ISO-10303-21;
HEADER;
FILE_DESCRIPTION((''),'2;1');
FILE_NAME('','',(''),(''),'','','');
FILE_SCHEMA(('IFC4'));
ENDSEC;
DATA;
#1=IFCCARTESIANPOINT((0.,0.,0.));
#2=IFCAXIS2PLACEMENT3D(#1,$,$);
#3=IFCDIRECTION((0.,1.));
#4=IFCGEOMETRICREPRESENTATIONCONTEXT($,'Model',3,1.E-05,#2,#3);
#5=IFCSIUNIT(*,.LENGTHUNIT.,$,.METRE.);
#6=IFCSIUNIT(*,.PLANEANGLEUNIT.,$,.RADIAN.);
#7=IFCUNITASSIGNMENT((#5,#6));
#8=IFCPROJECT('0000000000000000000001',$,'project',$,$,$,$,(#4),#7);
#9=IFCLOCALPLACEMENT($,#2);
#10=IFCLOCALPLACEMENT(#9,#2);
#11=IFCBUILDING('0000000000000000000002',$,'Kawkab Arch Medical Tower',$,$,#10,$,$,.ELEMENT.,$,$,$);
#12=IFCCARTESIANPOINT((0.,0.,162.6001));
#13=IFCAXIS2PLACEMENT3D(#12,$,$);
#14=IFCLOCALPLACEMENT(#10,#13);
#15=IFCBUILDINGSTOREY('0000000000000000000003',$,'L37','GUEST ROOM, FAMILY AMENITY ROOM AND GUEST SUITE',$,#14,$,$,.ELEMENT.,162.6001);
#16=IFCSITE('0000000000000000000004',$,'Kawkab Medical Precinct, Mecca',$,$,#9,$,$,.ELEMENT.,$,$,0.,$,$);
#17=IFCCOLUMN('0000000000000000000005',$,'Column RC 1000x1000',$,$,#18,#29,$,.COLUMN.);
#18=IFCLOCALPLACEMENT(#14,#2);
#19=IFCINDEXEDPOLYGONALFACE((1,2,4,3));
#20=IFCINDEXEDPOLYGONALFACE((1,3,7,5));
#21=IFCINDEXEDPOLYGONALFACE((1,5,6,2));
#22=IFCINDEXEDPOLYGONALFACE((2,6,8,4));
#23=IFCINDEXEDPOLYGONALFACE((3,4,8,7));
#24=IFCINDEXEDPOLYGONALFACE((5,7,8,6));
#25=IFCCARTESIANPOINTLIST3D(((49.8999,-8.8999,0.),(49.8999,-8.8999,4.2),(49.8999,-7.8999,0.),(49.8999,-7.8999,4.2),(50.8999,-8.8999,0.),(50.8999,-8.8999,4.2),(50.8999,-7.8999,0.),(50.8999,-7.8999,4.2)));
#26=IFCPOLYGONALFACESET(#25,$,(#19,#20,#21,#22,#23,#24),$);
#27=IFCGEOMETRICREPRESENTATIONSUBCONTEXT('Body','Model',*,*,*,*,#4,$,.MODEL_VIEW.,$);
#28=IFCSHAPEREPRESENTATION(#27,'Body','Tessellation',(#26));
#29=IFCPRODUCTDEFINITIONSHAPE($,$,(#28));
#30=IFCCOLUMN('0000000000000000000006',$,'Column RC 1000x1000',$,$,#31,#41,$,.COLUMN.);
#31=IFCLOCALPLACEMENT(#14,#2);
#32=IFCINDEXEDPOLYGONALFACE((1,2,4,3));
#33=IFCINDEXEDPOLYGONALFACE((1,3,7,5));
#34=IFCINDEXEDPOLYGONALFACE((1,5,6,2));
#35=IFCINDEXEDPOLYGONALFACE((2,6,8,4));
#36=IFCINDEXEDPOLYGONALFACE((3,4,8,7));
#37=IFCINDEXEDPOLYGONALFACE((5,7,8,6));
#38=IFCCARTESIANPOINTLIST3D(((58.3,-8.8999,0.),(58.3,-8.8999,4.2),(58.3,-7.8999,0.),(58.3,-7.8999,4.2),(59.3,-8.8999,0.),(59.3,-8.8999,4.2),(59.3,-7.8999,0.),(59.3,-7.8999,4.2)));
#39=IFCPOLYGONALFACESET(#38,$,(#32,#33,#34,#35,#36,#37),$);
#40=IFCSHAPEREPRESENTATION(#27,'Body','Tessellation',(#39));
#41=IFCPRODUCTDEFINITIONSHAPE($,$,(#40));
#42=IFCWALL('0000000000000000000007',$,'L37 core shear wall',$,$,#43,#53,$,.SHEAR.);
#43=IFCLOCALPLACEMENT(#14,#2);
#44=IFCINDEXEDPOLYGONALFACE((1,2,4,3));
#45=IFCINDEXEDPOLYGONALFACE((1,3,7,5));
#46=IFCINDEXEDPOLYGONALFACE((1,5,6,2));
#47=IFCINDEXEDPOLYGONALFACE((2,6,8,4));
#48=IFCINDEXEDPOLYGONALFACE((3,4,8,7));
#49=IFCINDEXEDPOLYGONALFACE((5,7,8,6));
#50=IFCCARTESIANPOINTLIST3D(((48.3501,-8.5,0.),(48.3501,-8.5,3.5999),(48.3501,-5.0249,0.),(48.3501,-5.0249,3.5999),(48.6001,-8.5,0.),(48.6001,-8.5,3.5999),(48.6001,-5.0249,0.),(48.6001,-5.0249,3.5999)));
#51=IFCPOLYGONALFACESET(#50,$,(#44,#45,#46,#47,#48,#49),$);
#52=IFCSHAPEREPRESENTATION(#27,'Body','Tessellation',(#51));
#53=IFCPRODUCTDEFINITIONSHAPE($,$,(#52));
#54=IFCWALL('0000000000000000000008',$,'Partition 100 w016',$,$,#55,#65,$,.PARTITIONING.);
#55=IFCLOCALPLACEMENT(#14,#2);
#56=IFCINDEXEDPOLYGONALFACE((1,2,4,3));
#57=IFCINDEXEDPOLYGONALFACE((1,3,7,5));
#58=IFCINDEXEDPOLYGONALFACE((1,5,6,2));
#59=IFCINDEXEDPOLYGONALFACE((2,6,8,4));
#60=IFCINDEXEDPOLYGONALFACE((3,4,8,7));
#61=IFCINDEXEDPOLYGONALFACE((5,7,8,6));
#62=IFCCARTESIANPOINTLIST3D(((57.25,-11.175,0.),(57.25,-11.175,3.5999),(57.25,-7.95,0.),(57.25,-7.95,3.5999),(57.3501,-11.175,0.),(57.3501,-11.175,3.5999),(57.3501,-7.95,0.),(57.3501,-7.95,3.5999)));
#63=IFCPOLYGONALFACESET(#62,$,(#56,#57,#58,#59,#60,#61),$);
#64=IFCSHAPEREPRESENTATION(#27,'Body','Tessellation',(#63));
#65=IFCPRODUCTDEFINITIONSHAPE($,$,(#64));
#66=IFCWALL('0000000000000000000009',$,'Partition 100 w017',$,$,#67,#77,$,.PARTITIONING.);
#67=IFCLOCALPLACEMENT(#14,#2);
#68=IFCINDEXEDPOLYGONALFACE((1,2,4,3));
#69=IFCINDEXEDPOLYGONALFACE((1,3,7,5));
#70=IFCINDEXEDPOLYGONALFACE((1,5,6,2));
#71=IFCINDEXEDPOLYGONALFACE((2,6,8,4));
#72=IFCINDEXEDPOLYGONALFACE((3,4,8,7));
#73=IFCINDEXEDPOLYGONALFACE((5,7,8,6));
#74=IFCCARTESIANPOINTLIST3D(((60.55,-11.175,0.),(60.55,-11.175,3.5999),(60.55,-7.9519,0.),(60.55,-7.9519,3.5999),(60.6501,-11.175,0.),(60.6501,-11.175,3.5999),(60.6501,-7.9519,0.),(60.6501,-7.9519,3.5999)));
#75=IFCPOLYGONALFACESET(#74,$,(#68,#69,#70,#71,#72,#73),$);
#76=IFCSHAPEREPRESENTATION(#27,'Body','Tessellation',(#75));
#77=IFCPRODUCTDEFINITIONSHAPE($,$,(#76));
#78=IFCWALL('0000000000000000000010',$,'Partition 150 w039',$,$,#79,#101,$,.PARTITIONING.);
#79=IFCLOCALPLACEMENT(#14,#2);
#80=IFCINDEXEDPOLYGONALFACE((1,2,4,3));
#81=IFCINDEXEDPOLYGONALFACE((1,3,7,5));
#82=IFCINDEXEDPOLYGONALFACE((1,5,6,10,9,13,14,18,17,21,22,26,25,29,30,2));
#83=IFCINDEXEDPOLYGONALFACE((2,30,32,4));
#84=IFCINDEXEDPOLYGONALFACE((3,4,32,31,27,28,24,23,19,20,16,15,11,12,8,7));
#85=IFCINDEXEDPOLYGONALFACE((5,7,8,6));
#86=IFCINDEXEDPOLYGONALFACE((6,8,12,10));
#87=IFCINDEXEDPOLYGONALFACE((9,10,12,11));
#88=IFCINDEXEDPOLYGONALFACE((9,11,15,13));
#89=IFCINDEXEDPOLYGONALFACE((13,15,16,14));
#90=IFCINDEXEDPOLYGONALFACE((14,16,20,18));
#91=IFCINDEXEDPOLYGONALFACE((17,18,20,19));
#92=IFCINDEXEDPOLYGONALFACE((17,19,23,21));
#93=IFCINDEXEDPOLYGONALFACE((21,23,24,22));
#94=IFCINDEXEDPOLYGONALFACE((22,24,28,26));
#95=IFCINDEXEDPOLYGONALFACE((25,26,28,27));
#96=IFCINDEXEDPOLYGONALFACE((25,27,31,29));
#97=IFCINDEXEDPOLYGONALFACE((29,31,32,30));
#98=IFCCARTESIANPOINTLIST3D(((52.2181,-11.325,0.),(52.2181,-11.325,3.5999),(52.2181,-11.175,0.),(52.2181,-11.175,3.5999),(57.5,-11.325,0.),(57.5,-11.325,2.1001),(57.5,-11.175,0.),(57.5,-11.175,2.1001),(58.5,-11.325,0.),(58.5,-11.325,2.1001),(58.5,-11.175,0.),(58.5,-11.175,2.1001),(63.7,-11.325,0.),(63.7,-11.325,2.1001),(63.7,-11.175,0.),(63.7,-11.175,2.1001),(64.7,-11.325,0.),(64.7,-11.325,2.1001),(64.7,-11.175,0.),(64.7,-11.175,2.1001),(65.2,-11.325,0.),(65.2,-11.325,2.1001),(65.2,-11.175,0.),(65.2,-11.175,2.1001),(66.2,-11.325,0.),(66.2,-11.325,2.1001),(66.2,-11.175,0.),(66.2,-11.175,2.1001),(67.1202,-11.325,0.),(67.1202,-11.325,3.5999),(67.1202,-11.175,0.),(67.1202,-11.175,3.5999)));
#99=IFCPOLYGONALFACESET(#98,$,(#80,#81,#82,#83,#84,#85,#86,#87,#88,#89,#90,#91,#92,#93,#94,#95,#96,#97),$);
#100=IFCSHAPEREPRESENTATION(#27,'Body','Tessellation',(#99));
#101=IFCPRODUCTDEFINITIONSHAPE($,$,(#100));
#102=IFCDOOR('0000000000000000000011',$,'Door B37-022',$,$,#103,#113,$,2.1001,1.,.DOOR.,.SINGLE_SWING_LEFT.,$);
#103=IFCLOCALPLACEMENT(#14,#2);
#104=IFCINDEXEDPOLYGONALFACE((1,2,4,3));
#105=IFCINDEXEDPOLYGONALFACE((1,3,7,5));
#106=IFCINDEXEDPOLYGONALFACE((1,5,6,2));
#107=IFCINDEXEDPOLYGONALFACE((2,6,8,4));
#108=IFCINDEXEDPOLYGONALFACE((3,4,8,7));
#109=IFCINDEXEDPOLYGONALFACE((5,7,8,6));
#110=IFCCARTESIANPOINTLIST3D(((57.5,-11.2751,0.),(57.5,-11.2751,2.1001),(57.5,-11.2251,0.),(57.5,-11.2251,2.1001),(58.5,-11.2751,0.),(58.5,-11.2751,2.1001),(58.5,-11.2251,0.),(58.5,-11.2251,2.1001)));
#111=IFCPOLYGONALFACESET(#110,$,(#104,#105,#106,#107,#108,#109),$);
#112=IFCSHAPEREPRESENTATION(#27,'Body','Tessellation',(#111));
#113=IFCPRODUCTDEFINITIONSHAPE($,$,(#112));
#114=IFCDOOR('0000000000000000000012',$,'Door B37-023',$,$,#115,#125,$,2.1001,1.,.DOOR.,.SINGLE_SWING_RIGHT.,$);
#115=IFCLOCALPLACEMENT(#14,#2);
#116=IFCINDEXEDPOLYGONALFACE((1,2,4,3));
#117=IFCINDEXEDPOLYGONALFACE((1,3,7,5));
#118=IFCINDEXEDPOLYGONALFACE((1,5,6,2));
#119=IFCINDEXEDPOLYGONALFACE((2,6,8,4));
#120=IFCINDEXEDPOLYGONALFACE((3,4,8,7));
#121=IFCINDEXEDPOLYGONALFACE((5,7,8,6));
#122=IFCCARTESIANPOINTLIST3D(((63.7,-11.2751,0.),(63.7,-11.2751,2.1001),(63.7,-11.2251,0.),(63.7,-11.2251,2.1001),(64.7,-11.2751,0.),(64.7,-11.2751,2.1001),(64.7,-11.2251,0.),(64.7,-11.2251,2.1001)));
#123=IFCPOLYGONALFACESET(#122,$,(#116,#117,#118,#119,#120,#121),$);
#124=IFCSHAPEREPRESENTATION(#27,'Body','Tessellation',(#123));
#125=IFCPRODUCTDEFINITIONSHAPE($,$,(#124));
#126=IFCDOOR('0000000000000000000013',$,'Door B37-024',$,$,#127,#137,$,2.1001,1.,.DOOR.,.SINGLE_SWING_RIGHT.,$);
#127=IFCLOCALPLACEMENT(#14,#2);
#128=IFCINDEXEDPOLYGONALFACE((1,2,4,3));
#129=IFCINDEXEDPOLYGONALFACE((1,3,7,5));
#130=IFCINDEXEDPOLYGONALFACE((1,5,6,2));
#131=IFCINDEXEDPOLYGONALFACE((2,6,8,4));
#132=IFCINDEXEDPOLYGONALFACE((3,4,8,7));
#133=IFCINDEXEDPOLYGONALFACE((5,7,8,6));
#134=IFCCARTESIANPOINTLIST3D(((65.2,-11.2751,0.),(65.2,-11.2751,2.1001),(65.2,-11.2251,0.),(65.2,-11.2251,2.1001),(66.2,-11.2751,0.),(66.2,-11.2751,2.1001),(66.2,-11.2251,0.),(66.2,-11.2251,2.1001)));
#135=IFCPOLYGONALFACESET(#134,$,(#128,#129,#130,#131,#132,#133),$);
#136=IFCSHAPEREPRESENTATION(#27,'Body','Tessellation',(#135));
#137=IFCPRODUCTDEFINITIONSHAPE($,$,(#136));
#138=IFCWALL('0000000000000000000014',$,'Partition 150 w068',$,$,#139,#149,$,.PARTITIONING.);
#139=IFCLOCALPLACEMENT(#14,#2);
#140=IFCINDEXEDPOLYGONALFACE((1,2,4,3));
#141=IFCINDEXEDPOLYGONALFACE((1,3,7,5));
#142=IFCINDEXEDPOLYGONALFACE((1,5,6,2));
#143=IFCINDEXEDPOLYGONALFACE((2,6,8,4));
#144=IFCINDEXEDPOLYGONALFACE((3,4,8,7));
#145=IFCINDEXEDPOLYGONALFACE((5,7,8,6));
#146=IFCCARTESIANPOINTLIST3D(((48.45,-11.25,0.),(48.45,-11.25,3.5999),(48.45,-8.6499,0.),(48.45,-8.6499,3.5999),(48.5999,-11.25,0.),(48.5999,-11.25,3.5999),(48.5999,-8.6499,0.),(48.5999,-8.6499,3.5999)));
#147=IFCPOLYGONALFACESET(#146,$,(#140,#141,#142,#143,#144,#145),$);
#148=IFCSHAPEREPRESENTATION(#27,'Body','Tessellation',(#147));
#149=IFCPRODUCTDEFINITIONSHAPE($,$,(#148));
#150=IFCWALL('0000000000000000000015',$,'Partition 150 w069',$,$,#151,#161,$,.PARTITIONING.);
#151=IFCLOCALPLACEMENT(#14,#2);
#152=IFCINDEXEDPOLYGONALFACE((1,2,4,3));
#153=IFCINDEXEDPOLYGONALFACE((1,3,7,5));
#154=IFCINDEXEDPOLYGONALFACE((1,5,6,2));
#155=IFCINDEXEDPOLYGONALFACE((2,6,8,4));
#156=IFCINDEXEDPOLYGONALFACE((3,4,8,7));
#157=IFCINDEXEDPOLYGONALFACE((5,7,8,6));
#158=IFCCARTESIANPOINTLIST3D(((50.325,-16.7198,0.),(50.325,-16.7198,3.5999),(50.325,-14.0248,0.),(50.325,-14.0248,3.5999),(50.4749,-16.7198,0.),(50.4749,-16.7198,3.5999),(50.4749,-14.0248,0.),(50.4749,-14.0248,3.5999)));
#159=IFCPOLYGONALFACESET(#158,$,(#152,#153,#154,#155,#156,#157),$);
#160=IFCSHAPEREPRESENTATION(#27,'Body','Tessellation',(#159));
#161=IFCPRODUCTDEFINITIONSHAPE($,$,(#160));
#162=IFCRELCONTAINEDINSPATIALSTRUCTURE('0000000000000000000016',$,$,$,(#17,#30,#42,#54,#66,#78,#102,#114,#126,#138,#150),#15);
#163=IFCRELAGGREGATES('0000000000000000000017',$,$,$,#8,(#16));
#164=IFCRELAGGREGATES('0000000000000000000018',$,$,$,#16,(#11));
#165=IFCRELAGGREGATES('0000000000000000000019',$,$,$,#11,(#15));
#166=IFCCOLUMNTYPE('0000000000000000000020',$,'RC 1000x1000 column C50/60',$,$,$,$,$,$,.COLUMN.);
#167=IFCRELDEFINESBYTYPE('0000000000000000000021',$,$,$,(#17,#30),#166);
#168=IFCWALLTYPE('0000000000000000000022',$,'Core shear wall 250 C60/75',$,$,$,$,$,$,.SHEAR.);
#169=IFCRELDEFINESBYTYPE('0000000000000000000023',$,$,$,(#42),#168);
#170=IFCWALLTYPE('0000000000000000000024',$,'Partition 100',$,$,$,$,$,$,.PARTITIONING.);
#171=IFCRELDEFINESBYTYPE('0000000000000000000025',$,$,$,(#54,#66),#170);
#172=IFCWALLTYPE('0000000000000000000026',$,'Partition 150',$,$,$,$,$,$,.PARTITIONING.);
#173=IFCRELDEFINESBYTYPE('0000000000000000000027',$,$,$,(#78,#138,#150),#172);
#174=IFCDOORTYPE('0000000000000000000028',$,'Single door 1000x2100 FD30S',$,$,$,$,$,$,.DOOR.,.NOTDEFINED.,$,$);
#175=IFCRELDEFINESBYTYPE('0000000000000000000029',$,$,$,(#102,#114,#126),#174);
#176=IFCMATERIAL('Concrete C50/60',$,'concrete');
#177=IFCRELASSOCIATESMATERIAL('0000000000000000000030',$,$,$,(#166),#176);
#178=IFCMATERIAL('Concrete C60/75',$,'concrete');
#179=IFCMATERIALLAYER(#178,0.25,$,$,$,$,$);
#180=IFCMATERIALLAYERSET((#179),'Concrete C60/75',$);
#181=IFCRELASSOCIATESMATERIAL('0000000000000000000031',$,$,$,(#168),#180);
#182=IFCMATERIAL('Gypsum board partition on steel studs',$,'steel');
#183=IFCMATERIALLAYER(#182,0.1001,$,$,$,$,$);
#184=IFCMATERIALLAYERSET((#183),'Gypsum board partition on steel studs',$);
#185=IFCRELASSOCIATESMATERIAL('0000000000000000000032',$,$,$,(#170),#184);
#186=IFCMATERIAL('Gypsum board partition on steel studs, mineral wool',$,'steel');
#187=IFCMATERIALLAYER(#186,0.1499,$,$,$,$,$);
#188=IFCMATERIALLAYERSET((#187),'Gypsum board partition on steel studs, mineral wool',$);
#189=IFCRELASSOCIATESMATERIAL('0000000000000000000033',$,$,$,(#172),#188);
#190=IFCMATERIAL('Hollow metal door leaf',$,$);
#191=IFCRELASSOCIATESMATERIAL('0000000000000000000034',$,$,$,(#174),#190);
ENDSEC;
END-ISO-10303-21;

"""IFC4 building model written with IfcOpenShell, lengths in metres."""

from ifc_helpers import new_model, si_unit, direction, frame, frame_2d, origin, origin_2d, place, context, subcontext, project, spatial, rectangle, extrude, material, layer, layer_set, material_profile, profile_set, type_object, element, fill, save


model = new_model("IFC4")

# Units and contexts
model_context = context("Model", 3, precision=1e-05, world=origin(), true_north=direction((0.0, 1.0)))
body_context = subcontext(model_context, "Body", "Model", "MODEL_VIEW")
ifc_project = project(units=[si_unit("LENGTHUNIT", "METRE"), si_unit("PLANEANGLEUNIT", "RADIAN")], contexts=[model_context])

# Site, building, storey
site_placement = place(None, origin())
site = spatial("IfcSite", under=ifc_project, at=site_placement, Name="Kawkab Medical Precinct, Mecca", CompositionType="ELEMENT", RefElevation=0.0)
building_placement = place(site_placement, origin())
building = spatial("IfcBuilding", under=site, at=building_placement, Name="Kawkab Arch Medical Tower", CompositionType="ELEMENT")
storey_placement = place(building_placement, frame((0.0, 0.0, 162.6001)))
storey = spatial("IfcBuildingStorey", under=building, at=storey_placement, Name="L37", Description="GUEST ROOM, FAMILY AMENITY ROOM AND GUEST SUITE", CompositionType="ELEMENT", Elevation=162.6001)

# Columns
ifc_material_1 = material(Name="Concrete C50/60", Category="concrete")
ifc_material_profile = material_profile(ifc_material_1, rectangle(XDim=1.0, YDim=1.0, at=origin_2d()), Name="RC 1000x1000")
ifc_profile_set = profile_set([ifc_material_profile], Name="Concrete C50/60")
column_type = type_object("IfcColumnType", Name="RC 1000x1000 column C50/60", PredefinedType="COLUMN", material=ifc_profile_set)
for number, where, z_axis, x_axis, name in (
    (1, (50.3999, -8.3999, 0.0), (0.0, 0.0, 1.0), (1.0, 0.0, 0.0), "Column RC 1000x1000"),
    (2, (58.8, -8.3999, 0.0), (0.0, 0.0, 1.0), (1.0, 0.0, 0.0), "Column RC 1000x1000"),
):
    element("IfcColumn", number, at=place(storey_placement, frame(where, z_axis=z_axis, x_axis=x_axis)), inside=storey, type_object=column_type, Name=name, PredefinedType="COLUMN", context=body_context, shape_type="SweptSolid", body=[
        extrude(rectangle(XDim=1.0, YDim=1.0, at=origin_2d()), origin(), (0.0, 0.0, 1.0), 4.2),
    ])

# Walls
ifc_material_2 = material(Name="Concrete C60/75", Category="concrete")
ifc_layer_1 = layer(ifc_material_2, 0.25)
ifc_layer_set_1 = layer_set([ifc_layer_1], Name="Concrete C60/75")
wall_type_1 = type_object("IfcWallType", Name="Core shear wall 250 C60/75", PredefinedType="SHEAR", material=ifc_layer_set_1)
wall_1_placement = place(storey_placement, frame((48.4751, -8.5, 0.0), z_axis=(0.0, 0.0, 1.0), x_axis=(0.0, 1.0, 0.0)))
element("IfcWall", 3, at=wall_1_placement, inside=storey, type_object=wall_type_1, Name="L37 core shear wall", PredefinedType="SHEAR", context=body_context, shape_type="SweptSolid", body=[
    extrude(rectangle(XDim=3.4751, YDim=0.25, at=frame_2d((1.7375, 0.0))), origin(), (0.0, 0.0, 1.0), 3.5999),
])
ifc_material_3 = material(Name="Gypsum board partition on steel studs", Category="steel")
ifc_layer_2 = layer(ifc_material_3, 0.1001)
ifc_layer_set_2 = layer_set([ifc_layer_2], Name="Gypsum board partition on steel studs")
wall_type_2 = type_object("IfcWallType", Name="Partition 100", PredefinedType="PARTITIONING", material=ifc_layer_set_2)
wall_2_placement = place(storey_placement, frame((57.3, -11.175, 0.0), z_axis=(0.0, 0.0, 1.0), x_axis=(0.0, 1.0, 0.0)))
element("IfcWall", 4, at=wall_2_placement, inside=storey, type_object=wall_type_2, Name="Partition 100 w016", PredefinedType="PARTITIONING", context=body_context, shape_type="SweptSolid", body=[
    extrude(rectangle(XDim=3.2251, YDim=0.1001, at=frame_2d((1.6125, 0.0))), origin(), (0.0, 0.0, 1.0), 3.5999),
])
wall_3_placement = place(storey_placement, frame((60.6001, -11.175, 0.0), z_axis=(0.0, 0.0, 1.0), x_axis=(0.0, 1.0, 0.0)))
element("IfcWall", 5, at=wall_3_placement, inside=storey, type_object=wall_type_2, Name="Partition 100 w017", PredefinedType="PARTITIONING", context=body_context, shape_type="SweptSolid", body=[
    extrude(rectangle(XDim=3.2231, YDim=0.1001, at=frame_2d((1.6116, 0.0))), origin(), (0.0, 0.0, 1.0), 3.5999),
])

# Wall, openings, doors
ifc_material_4 = material(Name="Gypsum board partition on steel studs, mineral wool", Category="steel")
ifc_layer_3 = layer(ifc_material_4, 0.1499)
ifc_layer_set_3 = layer_set([ifc_layer_3], Name="Gypsum board partition on steel studs, mineral wool")
wall_type_3 = type_object("IfcWallType", Name="Partition 150", PredefinedType="PARTITIONING", material=ifc_layer_set_3)
wall_4_placement = place(storey_placement, frame((52.218, -11.25, 0.0), z_axis=(0.0, 0.0, 1.0), x_axis=(1.0, 0.0, 0.0)))
wall_4 = element("IfcWall", 6, at=wall_4_placement, inside=storey, type_object=wall_type_3, Name="Partition 150 w039", PredefinedType="PARTITIONING", context=body_context, shape_type="SweptSolid", body=[
    extrude(rectangle(XDim=14.9021, YDim=0.1499, at=frame_2d((7.4512, 0.0))), origin(), (0.0, 0.0, 1.0), 3.5999),
])
opening_1_placement = place(wall_4_placement, frame((5.282, 0.0, 0.0)))
opening_1 = element("IfcOpeningElement", 7, at=opening_1_placement, cuts=wall_4, PredefinedType="OPENING", context=body_context, shape_type="SweptSolid", body=[
    extrude(rectangle(XDim=1.0, YDim=2.1001, at=frame_2d((0.5, 1.05))), frame((0.0, 0.085, 0.0), z_axis=(0.0, -1.0, 0.0), x_axis=(1.0, 0.0, 0.0)), (0.0, 0.0, 1.0), 0.1699),
])
opening_2_placement = place(wall_4_placement, frame((11.4819, 0.0, 0.0)))
opening_2 = element("IfcOpeningElement", 8, at=opening_2_placement, cuts=wall_4, PredefinedType="OPENING", context=body_context, shape_type="SweptSolid", body=[
    extrude(rectangle(XDim=1.0, YDim=2.1001, at=frame_2d((0.5, 1.05))), frame((0.0, 0.085, 0.0), z_axis=(0.0, -1.0, 0.0), x_axis=(1.0, 0.0, 0.0)), (0.0, 0.0, 1.0), 0.1699),
])
opening_3_placement = place(wall_4_placement, frame((12.9819, 0.0, 0.0)))
opening_3 = element("IfcOpeningElement", 9, at=opening_3_placement, cuts=wall_4, PredefinedType="OPENING", context=body_context, shape_type="SweptSolid", body=[
    extrude(rectangle(XDim=1.0, YDim=2.1001, at=frame_2d((0.5, 1.05))), frame((0.0, 0.085, 0.0), z_axis=(0.0, -1.0, 0.0), x_axis=(1.0, 0.0, 0.0)), (0.0, 0.0, 1.0), 0.1699),
])
ifc_material_5 = material(Name="Hollow metal door leaf")
door_type = type_object("IfcDoorType", Name="Single door 1000x2100 FD30S", OperationType="NOTDEFINED", PredefinedType="DOOR", material=ifc_material_5)
door_1_placement = place(opening_1_placement, origin())
door_1 = element("IfcDoor", 10, at=door_1_placement, inside=storey, type_object=door_type, Name="Door B37-022", OperationType="SINGLE_SWING_LEFT", OverallHeight=2.1001, OverallWidth=1.0, PredefinedType="DOOR", context=body_context, shape_type="SweptSolid", body=[
    extrude(rectangle(XDim=1.0, YDim=2.1001, at=frame_2d((0.5, 1.05))), frame((0.0, 0.0249, 0.0), z_axis=(0.0, -1.0, 0.0), x_axis=(1.0, 0.0, 0.0)), (0.0, 0.0, 1.0), 0.05),
])
fill(opening_1, door_1)
door_2_placement = place(opening_2_placement, origin())
door_2 = element("IfcDoor", 11, at=door_2_placement, inside=storey, type_object=door_type, Name="Door B37-023", OperationType="SINGLE_SWING_RIGHT", OverallHeight=2.1001, OverallWidth=1.0, PredefinedType="DOOR", context=body_context, shape_type="SweptSolid", body=[
    extrude(rectangle(XDim=1.0, YDim=2.1001, at=frame_2d((0.5, 1.05))), frame((0.0, 0.0249, 0.0), z_axis=(0.0, -1.0, 0.0), x_axis=(1.0, 0.0, 0.0)), (0.0, 0.0, 1.0), 0.05),
])
fill(opening_2, door_2)
door_3_placement = place(opening_3_placement, origin())
door_3 = element("IfcDoor", 12, at=door_3_placement, inside=storey, type_object=door_type, Name="Door B37-024", OperationType="SINGLE_SWING_RIGHT", OverallHeight=2.1001, OverallWidth=1.0, PredefinedType="DOOR", context=body_context, shape_type="SweptSolid", body=[
    extrude(rectangle(XDim=1.0, YDim=2.1001, at=frame_2d((0.5, 1.05))), frame((0.0, 0.0249, 0.0), z_axis=(0.0, -1.0, 0.0), x_axis=(1.0, 0.0, 0.0)), (0.0, 0.0, 1.0), 0.05),
])
fill(opening_3, door_3)

# Walls
wall_5_placement = place(storey_placement, frame((48.5249, -11.25, 0.0), z_axis=(0.0, 0.0, 1.0), x_axis=(0.0, 1.0, 0.0)))
element("IfcWall", 13, at=wall_5_placement, inside=storey, type_object=wall_type_3, Name="Partition 150 w068", PredefinedType="PARTITIONING", context=body_context, shape_type="SweptSolid", body=[
    extrude(rectangle(XDim=2.6001, YDim=0.1499, at=frame_2d((1.3, 0.0))), origin(), (0.0, 0.0, 1.0), 3.5999),
])
wall_6_placement = place(storey_placement, frame((50.3999, -16.72, 0.0), z_axis=(0.0, 0.0, 1.0), x_axis=(0.0, 1.0, 0.0)))
element("IfcWall", 14, at=wall_6_placement, inside=storey, type_object=wall_type_3, Name="Partition 150 w069", PredefinedType="PARTITIONING", context=body_context, shape_type="SweptSolid", body=[
    extrude(rectangle(XDim=2.6951, YDim=0.1499, at=frame_2d((1.3477, 0.0))), origin(), (0.0, 0.0, 1.0), 3.5999),
])

save(model, "model.ifc")
